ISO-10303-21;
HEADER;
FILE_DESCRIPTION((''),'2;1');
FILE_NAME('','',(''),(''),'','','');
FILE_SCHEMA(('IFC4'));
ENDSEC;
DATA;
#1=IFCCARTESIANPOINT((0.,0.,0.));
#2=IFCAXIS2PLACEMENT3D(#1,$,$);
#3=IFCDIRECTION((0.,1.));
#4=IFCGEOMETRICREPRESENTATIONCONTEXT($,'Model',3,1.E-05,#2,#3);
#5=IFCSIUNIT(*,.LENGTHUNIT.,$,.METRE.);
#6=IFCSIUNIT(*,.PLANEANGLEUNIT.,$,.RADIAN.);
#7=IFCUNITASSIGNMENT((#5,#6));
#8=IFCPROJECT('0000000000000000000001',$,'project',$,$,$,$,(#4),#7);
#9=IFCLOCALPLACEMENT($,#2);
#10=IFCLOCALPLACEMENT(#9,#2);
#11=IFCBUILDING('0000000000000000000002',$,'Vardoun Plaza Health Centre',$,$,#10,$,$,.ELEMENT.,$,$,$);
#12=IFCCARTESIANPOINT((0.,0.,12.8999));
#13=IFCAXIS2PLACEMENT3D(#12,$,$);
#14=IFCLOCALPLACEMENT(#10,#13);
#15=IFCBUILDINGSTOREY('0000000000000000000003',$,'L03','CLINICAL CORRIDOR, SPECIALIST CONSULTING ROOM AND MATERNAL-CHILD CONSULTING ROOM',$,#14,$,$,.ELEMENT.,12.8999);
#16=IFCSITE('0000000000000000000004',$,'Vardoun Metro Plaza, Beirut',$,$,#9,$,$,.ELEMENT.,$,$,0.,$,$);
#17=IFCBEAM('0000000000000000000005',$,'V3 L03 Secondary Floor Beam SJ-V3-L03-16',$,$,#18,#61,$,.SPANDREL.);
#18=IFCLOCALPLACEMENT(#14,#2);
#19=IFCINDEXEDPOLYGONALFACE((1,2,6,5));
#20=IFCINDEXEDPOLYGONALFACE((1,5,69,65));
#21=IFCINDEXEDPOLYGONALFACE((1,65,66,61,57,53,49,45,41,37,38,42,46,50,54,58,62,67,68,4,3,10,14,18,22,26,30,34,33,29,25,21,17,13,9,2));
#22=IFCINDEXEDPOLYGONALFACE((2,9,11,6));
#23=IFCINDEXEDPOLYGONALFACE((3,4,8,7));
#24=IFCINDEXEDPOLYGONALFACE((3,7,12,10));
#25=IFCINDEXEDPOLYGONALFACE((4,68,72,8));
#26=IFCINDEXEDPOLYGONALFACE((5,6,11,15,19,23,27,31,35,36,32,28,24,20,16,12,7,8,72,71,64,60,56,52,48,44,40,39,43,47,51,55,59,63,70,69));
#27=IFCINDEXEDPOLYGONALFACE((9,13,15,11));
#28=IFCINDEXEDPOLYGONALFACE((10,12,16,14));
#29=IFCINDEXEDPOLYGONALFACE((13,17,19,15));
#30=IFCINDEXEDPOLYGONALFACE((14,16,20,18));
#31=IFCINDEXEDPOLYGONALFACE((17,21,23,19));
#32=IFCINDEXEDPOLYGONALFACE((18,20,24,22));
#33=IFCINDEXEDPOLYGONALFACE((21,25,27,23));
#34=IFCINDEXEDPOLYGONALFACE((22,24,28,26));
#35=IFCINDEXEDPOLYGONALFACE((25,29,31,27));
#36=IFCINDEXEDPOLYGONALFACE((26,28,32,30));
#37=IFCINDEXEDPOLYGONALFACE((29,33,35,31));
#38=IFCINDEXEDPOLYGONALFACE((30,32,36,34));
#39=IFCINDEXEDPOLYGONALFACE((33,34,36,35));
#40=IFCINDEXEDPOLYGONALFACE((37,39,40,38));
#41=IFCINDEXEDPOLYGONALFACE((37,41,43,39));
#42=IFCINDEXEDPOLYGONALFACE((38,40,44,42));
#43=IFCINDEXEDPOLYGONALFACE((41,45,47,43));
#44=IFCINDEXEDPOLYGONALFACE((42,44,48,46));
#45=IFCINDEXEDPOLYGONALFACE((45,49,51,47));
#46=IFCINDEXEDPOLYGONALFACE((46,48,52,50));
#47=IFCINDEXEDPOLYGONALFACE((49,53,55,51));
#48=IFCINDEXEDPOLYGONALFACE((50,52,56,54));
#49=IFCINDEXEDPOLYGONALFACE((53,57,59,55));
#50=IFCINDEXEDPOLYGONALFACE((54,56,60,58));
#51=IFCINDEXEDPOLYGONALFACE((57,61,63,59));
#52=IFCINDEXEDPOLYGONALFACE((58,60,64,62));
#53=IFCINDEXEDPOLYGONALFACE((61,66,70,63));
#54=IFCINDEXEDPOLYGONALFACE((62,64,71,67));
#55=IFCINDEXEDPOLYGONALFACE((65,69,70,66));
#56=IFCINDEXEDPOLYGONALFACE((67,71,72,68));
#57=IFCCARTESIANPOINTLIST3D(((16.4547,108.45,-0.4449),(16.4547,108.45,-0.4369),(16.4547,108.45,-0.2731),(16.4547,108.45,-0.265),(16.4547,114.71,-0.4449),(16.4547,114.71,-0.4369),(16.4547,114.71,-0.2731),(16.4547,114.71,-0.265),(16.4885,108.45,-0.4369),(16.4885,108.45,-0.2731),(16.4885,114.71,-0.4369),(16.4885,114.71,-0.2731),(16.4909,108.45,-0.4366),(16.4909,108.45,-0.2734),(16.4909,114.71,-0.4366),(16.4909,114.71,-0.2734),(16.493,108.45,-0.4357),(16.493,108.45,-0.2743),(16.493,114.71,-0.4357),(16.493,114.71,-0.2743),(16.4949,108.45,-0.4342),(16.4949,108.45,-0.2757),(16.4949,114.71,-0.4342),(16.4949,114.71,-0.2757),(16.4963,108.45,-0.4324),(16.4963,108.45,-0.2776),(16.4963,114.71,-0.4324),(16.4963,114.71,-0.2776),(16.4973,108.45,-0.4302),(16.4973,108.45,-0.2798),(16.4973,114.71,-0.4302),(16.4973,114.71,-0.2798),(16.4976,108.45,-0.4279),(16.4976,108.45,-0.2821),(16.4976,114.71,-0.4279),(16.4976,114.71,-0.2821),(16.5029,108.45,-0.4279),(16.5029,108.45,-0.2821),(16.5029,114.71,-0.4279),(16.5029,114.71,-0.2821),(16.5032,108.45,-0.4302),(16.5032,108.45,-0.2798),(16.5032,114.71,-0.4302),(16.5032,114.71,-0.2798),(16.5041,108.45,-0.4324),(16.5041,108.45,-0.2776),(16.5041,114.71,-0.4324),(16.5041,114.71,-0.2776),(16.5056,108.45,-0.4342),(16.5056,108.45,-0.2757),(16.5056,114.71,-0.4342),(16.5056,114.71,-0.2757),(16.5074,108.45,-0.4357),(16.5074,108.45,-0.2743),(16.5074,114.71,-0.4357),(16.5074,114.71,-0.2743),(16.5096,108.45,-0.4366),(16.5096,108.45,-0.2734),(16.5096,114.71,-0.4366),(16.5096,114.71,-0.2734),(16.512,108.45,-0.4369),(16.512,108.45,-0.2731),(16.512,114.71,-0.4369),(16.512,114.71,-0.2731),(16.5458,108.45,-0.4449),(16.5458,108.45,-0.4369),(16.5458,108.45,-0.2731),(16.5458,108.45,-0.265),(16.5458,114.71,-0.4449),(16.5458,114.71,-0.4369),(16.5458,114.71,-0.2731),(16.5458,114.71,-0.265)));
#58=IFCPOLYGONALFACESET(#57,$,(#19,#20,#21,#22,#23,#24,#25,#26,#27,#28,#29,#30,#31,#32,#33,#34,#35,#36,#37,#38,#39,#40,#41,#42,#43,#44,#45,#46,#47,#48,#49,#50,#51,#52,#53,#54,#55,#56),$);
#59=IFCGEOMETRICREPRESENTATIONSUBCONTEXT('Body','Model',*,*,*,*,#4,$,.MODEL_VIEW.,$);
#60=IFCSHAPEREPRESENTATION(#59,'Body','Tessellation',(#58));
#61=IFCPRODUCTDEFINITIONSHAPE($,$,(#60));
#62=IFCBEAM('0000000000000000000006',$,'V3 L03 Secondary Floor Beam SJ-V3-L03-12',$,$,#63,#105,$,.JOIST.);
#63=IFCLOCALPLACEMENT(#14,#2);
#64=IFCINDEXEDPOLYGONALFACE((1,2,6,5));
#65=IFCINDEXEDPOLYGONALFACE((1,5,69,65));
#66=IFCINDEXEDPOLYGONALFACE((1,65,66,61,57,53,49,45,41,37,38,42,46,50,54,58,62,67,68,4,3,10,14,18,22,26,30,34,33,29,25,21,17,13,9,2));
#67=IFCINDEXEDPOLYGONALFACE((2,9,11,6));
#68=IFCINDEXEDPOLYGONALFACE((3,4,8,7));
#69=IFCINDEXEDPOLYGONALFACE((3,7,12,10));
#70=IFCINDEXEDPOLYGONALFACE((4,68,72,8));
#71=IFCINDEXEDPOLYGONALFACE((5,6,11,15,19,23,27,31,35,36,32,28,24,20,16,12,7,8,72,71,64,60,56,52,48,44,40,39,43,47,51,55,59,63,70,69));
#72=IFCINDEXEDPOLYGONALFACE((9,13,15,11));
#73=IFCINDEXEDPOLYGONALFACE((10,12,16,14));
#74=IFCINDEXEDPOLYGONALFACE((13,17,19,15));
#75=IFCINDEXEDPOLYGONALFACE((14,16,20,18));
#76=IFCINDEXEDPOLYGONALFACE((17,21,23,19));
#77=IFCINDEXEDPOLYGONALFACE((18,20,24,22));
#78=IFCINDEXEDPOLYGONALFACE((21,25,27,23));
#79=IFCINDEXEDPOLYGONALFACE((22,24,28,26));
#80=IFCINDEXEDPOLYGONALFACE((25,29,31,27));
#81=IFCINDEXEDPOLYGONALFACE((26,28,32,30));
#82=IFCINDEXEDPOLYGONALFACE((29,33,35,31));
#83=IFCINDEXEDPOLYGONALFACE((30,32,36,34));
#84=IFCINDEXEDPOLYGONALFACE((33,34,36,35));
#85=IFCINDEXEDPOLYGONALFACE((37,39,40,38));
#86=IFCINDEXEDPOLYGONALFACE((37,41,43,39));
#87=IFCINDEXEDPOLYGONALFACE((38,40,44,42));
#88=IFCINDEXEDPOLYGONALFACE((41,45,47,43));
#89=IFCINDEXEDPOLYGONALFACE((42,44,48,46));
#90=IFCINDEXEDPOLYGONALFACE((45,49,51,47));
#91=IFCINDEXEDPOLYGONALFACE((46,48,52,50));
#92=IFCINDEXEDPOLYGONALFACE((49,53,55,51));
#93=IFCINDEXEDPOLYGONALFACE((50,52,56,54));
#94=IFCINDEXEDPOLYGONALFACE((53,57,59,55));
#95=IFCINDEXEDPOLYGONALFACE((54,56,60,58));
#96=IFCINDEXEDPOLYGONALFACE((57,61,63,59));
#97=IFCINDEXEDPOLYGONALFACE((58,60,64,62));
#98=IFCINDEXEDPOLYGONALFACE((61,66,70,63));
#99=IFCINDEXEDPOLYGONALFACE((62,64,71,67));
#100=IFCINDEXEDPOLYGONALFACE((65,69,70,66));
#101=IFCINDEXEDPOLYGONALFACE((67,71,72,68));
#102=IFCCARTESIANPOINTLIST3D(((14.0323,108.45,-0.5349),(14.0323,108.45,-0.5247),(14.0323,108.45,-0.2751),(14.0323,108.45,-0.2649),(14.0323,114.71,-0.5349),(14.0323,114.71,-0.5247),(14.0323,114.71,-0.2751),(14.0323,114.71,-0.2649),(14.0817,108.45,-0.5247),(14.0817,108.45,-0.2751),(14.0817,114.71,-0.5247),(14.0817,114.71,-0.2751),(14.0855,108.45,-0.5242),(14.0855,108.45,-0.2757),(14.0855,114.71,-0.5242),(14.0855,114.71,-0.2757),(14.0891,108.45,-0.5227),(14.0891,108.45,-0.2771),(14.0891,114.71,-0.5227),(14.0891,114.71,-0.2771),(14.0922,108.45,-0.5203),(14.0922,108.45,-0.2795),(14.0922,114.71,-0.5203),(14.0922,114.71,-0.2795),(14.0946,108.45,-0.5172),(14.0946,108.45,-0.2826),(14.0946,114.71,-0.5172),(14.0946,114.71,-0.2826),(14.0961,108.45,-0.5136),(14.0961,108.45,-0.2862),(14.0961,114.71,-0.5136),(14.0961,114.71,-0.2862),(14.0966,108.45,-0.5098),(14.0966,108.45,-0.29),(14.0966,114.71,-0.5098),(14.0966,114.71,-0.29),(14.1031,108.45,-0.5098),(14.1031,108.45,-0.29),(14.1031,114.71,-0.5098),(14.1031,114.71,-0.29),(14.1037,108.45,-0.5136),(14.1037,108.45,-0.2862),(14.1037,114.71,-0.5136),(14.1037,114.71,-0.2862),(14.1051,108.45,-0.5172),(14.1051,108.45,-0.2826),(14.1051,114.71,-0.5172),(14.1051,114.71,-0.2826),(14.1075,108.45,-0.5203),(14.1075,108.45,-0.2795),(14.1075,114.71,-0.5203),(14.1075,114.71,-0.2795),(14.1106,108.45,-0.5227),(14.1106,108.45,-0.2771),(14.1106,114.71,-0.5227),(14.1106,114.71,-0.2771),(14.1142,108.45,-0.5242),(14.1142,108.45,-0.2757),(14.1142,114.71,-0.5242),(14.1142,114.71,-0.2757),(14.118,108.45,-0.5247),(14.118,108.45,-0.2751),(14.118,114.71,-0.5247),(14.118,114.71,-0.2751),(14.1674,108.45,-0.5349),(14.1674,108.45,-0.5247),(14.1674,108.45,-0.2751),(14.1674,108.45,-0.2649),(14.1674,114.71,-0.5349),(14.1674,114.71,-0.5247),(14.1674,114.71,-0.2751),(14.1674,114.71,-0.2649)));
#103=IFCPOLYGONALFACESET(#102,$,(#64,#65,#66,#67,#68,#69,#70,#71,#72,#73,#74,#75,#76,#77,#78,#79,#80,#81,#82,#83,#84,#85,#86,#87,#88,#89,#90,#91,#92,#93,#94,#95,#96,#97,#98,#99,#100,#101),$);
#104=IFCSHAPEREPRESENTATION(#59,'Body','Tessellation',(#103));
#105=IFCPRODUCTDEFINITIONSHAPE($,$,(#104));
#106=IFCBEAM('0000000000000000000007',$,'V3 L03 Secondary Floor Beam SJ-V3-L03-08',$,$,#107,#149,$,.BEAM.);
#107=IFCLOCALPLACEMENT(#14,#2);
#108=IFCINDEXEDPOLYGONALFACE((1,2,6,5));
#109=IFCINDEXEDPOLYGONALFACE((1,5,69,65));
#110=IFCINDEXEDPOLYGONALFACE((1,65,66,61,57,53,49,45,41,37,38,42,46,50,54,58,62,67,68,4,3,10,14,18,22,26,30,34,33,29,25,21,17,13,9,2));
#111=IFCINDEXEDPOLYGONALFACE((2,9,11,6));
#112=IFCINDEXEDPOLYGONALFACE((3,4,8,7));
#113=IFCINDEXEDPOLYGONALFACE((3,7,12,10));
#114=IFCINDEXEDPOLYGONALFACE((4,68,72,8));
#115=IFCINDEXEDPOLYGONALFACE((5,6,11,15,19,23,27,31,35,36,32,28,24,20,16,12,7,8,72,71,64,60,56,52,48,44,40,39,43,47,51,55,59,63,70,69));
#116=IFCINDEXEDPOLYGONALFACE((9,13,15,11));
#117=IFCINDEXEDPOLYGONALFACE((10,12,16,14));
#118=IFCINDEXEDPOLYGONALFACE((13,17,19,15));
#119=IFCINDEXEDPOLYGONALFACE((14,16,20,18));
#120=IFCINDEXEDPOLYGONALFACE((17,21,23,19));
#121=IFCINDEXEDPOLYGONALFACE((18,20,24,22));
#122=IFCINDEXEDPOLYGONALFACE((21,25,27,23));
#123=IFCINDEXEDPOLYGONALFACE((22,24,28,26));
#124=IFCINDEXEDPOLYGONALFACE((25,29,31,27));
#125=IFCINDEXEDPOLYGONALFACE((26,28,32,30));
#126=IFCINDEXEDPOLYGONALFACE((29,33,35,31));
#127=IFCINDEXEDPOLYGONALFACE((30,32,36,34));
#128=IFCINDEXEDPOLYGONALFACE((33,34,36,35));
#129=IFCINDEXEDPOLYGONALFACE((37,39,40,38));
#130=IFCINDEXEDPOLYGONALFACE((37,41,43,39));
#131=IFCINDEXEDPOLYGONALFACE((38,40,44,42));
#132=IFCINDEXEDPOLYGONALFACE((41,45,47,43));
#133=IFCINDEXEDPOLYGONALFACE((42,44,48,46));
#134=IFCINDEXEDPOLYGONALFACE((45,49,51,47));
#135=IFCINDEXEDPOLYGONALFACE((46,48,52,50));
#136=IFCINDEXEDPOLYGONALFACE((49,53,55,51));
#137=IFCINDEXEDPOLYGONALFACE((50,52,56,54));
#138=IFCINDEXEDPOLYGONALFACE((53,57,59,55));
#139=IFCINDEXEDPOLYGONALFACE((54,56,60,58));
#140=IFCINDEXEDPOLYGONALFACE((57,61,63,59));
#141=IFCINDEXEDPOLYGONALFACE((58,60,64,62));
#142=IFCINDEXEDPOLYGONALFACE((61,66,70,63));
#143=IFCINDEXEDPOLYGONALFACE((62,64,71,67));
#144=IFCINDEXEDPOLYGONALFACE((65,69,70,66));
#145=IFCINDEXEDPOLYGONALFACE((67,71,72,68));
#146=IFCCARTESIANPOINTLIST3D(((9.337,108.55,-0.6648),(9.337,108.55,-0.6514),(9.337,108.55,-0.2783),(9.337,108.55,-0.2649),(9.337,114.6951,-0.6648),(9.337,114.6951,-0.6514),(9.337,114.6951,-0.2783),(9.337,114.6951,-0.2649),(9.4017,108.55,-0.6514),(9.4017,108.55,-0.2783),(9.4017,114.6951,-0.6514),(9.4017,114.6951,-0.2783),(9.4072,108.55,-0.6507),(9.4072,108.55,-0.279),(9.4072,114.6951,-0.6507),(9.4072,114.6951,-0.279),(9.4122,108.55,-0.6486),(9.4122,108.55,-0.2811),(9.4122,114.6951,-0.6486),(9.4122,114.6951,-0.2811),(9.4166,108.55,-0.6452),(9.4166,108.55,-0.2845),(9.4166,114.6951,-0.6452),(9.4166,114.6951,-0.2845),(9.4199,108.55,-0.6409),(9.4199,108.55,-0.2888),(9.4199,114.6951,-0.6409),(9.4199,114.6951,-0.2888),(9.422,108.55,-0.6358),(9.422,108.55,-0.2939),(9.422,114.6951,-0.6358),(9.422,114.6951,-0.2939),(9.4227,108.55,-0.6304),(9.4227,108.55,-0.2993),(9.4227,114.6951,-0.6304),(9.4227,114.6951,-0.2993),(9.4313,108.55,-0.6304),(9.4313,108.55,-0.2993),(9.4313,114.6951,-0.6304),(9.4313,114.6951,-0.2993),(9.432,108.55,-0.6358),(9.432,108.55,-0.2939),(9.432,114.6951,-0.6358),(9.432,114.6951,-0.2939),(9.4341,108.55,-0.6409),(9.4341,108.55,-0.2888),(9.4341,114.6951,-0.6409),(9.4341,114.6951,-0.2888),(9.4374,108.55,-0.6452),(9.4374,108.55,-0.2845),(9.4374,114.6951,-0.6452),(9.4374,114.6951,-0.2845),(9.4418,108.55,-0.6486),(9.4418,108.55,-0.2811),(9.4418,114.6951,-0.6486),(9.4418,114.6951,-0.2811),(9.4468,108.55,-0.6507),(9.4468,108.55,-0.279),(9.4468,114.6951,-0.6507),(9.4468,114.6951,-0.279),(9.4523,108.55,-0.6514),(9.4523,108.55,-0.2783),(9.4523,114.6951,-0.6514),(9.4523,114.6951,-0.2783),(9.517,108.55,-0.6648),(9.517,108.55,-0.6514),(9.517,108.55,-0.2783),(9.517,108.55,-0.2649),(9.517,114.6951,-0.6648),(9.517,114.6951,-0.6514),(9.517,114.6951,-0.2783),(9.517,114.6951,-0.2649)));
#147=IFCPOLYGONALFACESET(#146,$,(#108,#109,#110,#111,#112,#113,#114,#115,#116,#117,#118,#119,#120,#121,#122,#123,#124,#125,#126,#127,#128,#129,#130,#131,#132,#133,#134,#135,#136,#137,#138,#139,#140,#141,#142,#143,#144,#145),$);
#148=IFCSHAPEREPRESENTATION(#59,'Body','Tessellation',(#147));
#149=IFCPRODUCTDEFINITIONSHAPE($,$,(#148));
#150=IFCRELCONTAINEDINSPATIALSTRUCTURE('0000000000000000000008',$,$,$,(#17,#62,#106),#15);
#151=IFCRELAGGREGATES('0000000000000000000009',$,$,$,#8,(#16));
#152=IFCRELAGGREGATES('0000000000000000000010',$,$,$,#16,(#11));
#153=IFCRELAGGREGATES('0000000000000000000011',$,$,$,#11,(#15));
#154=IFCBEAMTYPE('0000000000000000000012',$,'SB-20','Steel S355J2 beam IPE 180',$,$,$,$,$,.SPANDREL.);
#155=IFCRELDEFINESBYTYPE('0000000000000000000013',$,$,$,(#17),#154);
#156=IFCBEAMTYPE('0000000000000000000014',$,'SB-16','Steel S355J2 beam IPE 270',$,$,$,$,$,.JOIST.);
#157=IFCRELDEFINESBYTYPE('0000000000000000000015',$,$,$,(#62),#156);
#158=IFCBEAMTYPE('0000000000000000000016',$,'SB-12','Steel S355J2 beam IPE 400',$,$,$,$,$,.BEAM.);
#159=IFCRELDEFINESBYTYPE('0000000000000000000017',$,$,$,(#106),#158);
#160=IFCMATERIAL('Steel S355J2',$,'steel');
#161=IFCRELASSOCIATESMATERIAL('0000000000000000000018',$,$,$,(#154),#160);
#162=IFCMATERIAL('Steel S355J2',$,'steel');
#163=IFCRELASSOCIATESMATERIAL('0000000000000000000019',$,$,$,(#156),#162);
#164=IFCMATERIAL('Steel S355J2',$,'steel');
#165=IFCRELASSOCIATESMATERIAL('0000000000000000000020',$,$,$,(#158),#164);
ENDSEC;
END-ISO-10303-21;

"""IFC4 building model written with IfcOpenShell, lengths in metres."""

from ifc_helpers import new_model, si_unit, direction, frame, origin, origin_2d, place, context, subcontext, project, spatial, i_section, extrude, material, material_profile, profile_set, type_object, element, save


model = new_model("IFC4")

# Units and contexts
model_context = context("Model", 3, precision=1e-05, world=origin(), true_north=direction((0.0, 1.0)))
body_context = subcontext(model_context, "Body", "Model", "MODEL_VIEW")
ifc_project = project(units=[si_unit("LENGTHUNIT", "METRE"), si_unit("PLANEANGLEUNIT", "RADIAN")], contexts=[model_context])

# Site, building, storey
site_placement = place(None, origin())
site = spatial("IfcSite", under=ifc_project, at=site_placement, Name="Vardoun Metro Plaza, Beirut", CompositionType="ELEMENT", RefElevation=0.0)
building_placement = place(site_placement, origin())
building = spatial("IfcBuilding", under=site, at=building_placement, Name="Vardoun Plaza Health Centre", CompositionType="ELEMENT")
storey_placement = place(building_placement, frame((0.0, 0.0, 12.8999)))
storey = spatial("IfcBuildingStorey", under=building, at=storey_placement, Name="L03", Description="CLINICAL CORRIDOR, SPECIALIST CONSULTING ROOM AND MATERNAL-CHILD CONSULTING ROOM", CompositionType="ELEMENT", Elevation=12.8999)

# Beams
ifc_material_1 = material(Name="Steel S355J2", Category="steel")
ifc_material_profile_1 = material_profile(ifc_material_1, i_section(OverallWidth=0.0911, OverallDepth=0.1799, WebThickness=0.0054, FlangeThickness=0.0081, FilletRadius=0.009, at=origin_2d()), Name="IPE 180")
ifc_profile_set_1 = profile_set([ifc_material_profile_1], Name="Steel S355J2")
beam_type_1 = type_object("IfcBeamType", Name="SB-20", Description="Steel S355J2 beam IPE 180", PredefinedType="SPANDREL", material=ifc_profile_set_1)
beam_1_placement = place(storey_placement, frame((16.5002, 108.45, -0.355), z_axis=(0.0, 1.0, 0.0), x_axis=(-1.0, 0.0, 0.0)))
element("IfcBeam", 1, at=beam_1_placement, inside=storey, type_object=beam_type_1, Name="V3 L03 Secondary Floor Beam SJ-V3-L03-16", PredefinedType="SPANDREL", context=body_context, shape_type="SweptSolid", body=[
    extrude(i_section(OverallWidth=0.0911, OverallDepth=0.1799, WebThickness=0.0054, FlangeThickness=0.0081, FilletRadius=0.009, at=origin_2d()), origin(), (0.0, 0.0, 1.0), 6.26),
])
ifc_material_2 = material(Name="Steel S355J2", Category="steel")
ifc_material_profile_2 = material_profile(ifc_material_2, i_section(OverallWidth=0.135, OverallDepth=0.27, WebThickness=0.0066, FlangeThickness=0.0103, FilletRadius=0.0149, at=origin_2d()), Name="IPE 270")
ifc_profile_set_2 = profile_set([ifc_material_profile_2], Name="Steel S355J2")
beam_type_2 = type_object("IfcBeamType", Name="SB-16", Description="Steel S355J2 beam IPE 270", PredefinedType="JOIST", material=ifc_profile_set_2)
beam_2_placement = place(storey_placement, frame((14.0999, 108.45, -0.3999), z_axis=(0.0, 1.0, 0.0), x_axis=(-1.0, 0.0, 0.0)))
element("IfcBeam", 2, at=beam_2_placement, inside=storey, type_object=beam_type_2, Name="V3 L03 Secondary Floor Beam SJ-V3-L03-12", PredefinedType="JOIST", context=body_context, shape_type="SweptSolid", body=[
    extrude(i_section(OverallWidth=0.135, OverallDepth=0.27, WebThickness=0.0066, FlangeThickness=0.0103, FilletRadius=0.0149, at=origin_2d()), origin(), (0.0, 0.0, 1.0), 6.26),
])
ifc_material_3 = material(Name="Steel S355J2", Category="steel")
ifc_material_profile_3 = material_profile(ifc_material_3, i_section(OverallWidth=0.1799, OverallDepth=0.3999, WebThickness=0.0085, FlangeThickness=0.0134, FilletRadius=0.021, at=origin_2d()), Name="IPE 400")
ifc_profile_set_3 = profile_set([ifc_material_profile_3], Name="Steel S355J2")
beam_type_3 = type_object("IfcBeamType", Name="SB-12", Description="Steel S355J2 beam IPE 400", PredefinedType="BEAM", material=ifc_profile_set_3)
beam_3_placement = place(storey_placement, frame((9.427, 108.55, -0.4648), z_axis=(0.0, 1.0, 0.0), x_axis=(-1.0, 0.0, 0.0)))
element("IfcBeam", 3, at=beam_3_placement, inside=storey, type_object=beam_type_3, Name="V3 L03 Secondary Floor Beam SJ-V3-L03-08", PredefinedType="BEAM", context=body_context, shape_type="SweptSolid", body=[
    extrude(i_section(OverallWidth=0.1799, OverallDepth=0.3999, WebThickness=0.0085, FlangeThickness=0.0134, FilletRadius=0.021, at=origin_2d()), origin(), (0.0, 0.0, 1.0), 6.145),
])

save(model, "model.ifc")
